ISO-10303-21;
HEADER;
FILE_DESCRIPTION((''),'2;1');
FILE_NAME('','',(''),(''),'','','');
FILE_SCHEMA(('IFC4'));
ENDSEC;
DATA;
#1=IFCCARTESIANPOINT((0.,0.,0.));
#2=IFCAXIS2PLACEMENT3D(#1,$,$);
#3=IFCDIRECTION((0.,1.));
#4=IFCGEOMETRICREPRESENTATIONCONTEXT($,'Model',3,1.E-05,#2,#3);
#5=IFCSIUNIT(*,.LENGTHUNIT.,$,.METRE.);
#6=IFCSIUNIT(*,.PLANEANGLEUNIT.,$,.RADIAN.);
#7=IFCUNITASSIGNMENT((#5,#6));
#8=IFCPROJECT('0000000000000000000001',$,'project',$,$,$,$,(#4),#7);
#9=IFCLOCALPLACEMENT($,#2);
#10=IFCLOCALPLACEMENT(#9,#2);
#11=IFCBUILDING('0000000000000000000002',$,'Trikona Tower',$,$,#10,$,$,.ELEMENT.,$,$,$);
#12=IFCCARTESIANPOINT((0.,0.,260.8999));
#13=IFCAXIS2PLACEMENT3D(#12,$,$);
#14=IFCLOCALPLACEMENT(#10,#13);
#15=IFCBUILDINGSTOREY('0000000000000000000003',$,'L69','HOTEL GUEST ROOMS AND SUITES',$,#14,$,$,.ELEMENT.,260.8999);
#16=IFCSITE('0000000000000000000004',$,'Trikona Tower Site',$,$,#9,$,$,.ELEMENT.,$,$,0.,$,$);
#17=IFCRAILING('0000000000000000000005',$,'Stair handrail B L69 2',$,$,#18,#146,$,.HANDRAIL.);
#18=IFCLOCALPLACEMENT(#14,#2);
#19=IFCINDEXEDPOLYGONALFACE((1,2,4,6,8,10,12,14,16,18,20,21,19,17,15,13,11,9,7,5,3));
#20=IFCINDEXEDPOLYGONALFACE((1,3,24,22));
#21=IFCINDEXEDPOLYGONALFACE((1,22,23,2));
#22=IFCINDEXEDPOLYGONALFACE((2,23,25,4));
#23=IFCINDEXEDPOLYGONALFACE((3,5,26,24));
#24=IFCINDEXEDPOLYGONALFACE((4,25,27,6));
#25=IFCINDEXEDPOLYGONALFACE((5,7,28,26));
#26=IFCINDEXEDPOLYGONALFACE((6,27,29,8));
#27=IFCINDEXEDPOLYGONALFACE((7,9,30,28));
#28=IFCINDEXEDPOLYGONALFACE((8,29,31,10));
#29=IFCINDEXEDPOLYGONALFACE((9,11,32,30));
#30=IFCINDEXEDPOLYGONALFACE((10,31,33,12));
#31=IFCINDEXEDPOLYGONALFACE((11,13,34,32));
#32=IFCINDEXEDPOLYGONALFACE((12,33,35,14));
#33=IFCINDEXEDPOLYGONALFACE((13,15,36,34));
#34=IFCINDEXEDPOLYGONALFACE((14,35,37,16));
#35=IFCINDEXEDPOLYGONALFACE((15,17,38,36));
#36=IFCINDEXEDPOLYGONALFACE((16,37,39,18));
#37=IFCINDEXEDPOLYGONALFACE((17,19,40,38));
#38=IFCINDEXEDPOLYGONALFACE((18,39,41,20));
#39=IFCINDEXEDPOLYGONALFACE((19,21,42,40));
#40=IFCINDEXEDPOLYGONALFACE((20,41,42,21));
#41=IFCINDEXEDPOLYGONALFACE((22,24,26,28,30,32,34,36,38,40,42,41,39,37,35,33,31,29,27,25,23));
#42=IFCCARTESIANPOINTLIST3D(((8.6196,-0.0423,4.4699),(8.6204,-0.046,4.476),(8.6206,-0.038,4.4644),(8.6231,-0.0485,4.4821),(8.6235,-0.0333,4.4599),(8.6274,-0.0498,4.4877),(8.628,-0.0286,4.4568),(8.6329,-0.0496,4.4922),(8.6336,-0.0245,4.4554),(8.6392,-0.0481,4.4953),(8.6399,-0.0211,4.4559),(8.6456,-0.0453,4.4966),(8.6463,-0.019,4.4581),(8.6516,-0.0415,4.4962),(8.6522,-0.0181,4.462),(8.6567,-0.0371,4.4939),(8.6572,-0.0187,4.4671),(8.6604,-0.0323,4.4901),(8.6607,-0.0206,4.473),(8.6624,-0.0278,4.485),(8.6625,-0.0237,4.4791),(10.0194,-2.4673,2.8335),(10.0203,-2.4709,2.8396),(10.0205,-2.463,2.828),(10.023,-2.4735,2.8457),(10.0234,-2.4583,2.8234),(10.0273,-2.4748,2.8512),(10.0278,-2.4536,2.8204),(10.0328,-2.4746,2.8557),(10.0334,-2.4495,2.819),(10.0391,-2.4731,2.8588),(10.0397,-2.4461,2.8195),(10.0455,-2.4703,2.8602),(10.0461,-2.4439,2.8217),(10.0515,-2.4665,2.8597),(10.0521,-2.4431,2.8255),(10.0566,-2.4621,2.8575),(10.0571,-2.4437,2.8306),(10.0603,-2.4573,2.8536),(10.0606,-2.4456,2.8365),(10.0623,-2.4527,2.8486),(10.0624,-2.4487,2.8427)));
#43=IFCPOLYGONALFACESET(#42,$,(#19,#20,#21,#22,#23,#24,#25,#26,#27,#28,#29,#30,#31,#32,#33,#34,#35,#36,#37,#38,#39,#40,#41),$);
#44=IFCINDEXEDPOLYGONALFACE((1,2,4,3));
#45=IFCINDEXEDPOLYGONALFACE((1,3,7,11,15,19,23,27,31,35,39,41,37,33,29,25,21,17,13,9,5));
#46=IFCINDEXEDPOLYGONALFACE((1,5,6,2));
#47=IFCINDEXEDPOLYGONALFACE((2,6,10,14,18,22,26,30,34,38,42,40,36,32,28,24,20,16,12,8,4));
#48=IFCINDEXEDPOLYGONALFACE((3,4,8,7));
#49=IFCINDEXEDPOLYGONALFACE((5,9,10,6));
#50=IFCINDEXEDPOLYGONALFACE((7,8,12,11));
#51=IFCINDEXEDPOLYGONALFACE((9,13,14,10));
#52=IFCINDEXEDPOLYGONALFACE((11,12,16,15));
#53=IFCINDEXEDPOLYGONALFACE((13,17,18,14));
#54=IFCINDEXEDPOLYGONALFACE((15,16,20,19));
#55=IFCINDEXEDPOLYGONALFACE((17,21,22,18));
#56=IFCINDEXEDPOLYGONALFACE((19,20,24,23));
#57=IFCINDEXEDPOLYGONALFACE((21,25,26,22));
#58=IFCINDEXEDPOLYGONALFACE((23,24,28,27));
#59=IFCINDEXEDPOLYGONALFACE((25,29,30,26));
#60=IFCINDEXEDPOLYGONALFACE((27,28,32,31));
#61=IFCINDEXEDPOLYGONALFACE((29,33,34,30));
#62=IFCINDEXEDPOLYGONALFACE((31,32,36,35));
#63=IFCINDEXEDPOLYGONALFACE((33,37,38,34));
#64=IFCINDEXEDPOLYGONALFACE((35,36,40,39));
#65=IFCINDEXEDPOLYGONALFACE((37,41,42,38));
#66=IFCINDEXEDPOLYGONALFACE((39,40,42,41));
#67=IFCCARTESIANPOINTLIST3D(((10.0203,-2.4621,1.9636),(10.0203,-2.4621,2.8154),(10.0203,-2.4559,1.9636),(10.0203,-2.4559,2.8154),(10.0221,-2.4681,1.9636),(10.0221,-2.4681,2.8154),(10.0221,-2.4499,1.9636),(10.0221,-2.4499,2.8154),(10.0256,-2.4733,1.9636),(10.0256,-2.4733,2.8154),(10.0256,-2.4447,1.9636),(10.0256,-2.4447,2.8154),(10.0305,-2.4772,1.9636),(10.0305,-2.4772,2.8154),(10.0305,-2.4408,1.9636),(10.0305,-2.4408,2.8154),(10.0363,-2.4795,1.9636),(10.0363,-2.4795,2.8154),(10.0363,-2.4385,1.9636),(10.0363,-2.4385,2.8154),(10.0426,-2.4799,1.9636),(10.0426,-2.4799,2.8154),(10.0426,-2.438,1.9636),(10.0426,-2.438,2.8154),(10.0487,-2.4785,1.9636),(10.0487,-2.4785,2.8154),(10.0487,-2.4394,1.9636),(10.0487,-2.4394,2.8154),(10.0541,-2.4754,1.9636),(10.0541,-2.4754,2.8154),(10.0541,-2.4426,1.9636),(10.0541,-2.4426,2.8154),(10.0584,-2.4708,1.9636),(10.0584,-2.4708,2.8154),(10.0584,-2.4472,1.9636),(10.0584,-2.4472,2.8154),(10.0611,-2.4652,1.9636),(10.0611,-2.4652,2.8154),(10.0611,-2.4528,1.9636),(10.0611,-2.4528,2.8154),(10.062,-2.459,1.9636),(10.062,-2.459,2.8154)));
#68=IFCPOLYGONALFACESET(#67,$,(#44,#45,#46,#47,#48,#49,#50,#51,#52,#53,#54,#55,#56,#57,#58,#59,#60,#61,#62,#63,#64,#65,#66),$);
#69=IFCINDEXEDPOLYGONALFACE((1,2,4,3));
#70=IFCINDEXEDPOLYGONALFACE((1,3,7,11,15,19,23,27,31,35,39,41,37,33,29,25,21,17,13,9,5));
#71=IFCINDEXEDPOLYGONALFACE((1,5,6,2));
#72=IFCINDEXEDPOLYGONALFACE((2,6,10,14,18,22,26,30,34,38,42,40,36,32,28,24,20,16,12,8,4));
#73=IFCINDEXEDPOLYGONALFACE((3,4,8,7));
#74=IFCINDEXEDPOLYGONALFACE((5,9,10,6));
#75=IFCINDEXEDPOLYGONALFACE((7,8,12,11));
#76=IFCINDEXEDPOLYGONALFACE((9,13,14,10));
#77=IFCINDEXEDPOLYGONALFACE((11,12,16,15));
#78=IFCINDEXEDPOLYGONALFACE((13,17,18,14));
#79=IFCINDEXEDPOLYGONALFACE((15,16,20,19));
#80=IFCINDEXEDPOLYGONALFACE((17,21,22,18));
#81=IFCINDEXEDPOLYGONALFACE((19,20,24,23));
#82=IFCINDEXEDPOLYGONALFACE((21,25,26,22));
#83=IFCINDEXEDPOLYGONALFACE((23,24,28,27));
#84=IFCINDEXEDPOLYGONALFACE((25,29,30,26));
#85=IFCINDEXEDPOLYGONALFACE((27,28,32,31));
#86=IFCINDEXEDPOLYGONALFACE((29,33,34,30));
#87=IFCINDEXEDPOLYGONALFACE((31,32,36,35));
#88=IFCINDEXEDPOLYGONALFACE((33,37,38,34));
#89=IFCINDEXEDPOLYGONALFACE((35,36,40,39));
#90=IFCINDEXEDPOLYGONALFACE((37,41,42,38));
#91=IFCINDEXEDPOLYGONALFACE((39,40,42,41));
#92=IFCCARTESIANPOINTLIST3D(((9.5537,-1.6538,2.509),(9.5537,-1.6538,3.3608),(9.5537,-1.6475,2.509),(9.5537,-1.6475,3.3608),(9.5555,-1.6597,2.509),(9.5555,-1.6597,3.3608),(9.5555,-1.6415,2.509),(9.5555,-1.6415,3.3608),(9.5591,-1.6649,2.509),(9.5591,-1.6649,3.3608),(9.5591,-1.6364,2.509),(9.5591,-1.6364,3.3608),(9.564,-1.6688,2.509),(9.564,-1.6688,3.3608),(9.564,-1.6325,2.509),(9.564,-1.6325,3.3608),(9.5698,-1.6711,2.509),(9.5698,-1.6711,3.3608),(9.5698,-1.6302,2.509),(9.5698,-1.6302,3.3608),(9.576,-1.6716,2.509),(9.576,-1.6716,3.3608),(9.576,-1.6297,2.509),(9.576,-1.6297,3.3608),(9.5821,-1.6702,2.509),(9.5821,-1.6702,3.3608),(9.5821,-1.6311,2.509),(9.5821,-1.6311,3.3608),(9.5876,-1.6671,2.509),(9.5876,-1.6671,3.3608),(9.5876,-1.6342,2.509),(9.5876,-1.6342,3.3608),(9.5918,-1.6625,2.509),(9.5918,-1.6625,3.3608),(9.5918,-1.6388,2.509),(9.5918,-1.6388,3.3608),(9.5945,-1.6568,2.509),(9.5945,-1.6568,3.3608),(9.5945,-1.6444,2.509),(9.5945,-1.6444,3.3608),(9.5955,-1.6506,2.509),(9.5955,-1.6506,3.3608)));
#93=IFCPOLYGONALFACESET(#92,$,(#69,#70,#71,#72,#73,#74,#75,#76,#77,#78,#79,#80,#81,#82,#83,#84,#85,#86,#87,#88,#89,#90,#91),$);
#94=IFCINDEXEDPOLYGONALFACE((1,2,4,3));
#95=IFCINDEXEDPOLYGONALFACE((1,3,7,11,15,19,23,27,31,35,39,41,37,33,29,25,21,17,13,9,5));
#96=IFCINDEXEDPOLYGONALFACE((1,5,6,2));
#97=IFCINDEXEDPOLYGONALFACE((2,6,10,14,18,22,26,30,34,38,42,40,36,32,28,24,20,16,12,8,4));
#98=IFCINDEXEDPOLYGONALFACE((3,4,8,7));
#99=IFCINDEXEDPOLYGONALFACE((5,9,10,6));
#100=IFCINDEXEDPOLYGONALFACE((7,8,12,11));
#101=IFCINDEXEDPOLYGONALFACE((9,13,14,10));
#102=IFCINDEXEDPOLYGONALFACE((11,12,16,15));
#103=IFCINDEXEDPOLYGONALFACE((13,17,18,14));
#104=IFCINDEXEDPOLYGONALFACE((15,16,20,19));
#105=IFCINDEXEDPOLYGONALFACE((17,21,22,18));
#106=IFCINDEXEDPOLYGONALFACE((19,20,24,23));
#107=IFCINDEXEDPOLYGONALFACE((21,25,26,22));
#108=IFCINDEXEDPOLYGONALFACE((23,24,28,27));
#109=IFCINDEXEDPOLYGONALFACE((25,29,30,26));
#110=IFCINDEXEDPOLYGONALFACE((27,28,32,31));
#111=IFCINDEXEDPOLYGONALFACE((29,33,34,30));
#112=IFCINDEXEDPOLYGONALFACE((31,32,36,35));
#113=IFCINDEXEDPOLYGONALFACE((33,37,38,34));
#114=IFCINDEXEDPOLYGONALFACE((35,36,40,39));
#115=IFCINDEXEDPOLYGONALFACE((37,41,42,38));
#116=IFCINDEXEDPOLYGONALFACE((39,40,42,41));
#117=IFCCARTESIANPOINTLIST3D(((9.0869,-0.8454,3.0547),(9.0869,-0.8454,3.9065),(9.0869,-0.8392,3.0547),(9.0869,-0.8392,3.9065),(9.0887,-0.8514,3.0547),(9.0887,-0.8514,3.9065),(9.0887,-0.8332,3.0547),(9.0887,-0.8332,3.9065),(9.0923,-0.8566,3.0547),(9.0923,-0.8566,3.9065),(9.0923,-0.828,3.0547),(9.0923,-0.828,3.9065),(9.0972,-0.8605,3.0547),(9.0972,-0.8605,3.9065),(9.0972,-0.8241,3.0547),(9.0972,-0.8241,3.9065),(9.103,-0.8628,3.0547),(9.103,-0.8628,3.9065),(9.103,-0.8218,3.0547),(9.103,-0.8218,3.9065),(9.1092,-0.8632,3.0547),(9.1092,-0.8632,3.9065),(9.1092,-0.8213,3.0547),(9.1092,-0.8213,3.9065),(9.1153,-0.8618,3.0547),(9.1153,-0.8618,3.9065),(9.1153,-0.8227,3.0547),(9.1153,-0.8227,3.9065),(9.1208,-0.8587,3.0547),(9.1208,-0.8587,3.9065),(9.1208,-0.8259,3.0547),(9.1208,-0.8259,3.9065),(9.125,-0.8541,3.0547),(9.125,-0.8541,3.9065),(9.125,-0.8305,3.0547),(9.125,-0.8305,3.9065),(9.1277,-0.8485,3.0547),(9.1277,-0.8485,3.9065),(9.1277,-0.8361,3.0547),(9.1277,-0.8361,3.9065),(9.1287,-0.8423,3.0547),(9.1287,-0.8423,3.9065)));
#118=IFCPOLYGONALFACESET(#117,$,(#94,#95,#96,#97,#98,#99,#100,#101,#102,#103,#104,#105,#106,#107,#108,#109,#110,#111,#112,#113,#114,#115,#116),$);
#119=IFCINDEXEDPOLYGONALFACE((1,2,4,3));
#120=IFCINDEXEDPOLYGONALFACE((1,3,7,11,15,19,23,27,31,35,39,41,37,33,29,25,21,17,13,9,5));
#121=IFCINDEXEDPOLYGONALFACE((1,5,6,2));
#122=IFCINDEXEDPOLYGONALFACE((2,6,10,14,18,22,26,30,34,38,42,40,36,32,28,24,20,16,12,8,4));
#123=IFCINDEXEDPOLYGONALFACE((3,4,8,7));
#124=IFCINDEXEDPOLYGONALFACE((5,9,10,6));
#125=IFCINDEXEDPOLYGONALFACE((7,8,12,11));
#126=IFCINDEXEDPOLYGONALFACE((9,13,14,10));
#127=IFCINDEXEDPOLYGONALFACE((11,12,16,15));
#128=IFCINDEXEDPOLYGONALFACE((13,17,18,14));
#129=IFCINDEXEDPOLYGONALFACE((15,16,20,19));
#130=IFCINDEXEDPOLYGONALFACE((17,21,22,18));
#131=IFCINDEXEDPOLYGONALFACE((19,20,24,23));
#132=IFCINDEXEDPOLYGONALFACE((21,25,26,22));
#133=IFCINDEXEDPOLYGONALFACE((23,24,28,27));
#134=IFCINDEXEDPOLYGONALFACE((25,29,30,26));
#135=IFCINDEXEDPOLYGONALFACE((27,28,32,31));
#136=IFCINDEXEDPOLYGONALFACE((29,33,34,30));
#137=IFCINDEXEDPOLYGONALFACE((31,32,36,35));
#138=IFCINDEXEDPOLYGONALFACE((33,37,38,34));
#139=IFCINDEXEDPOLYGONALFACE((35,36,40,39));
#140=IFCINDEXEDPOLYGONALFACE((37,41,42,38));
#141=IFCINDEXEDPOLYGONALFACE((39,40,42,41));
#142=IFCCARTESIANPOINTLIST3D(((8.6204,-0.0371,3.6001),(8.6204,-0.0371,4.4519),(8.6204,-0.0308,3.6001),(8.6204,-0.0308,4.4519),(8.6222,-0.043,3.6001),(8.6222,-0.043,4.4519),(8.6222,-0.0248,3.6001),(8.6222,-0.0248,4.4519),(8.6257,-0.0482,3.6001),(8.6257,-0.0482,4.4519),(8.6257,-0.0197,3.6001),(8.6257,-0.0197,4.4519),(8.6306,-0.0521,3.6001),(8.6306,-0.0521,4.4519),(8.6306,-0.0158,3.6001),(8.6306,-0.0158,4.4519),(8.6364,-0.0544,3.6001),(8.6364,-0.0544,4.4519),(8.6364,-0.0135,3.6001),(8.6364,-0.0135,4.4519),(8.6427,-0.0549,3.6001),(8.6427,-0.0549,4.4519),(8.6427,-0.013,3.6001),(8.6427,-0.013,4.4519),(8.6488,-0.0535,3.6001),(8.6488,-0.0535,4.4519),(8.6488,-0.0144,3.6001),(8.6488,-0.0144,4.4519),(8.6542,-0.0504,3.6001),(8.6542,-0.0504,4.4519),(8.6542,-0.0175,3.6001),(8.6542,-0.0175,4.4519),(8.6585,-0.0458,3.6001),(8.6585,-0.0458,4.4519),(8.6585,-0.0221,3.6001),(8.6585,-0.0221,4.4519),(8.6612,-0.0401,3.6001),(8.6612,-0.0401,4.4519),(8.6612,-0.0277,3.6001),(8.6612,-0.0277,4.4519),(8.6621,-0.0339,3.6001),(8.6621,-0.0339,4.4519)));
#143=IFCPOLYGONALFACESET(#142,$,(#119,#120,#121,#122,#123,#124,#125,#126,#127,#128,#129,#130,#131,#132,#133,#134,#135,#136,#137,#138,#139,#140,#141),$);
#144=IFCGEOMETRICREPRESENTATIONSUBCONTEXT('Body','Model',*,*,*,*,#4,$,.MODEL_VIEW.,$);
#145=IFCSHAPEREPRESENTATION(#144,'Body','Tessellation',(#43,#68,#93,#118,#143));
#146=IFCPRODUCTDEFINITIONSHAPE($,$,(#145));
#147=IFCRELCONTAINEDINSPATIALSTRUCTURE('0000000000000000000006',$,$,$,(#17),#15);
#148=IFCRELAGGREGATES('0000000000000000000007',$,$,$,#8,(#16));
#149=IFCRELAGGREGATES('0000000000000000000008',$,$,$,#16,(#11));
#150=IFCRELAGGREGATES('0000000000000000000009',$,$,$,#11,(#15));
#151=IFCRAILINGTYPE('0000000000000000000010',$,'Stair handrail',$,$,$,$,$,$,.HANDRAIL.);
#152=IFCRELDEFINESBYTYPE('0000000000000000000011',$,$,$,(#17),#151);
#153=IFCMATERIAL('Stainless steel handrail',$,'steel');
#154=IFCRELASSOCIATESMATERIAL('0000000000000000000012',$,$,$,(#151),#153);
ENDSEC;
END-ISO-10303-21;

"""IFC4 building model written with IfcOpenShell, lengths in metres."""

from ifc_helpers import new_model, si_unit, direction, frame, origin, origin_2d, place, context, subcontext, project, spatial, circle, extrude, material, type_object, element, save


model = new_model("IFC4")

# Units and contexts
model_context = context("Model", 3, precision=1e-05, world=origin(), true_north=direction((0.0, 1.0)))
body_context = subcontext(model_context, "Body", "Model", "MODEL_VIEW")
ifc_project = project(units=[si_unit("LENGTHUNIT", "METRE"), si_unit("PLANEANGLEUNIT", "RADIAN")], contexts=[model_context])

# Site, building, storey
site_placement = place(None, origin())
site = spatial("IfcSite", under=ifc_project, at=site_placement, Name="Trikona Tower Site", CompositionType="ELEMENT", RefElevation=0.0)
building_placement = place(site_placement, origin())
building = spatial("IfcBuilding", under=site, at=building_placement, Name="Trikona Tower", CompositionType="ELEMENT")
storey_placement = place(building_placement, frame((0.0, 0.0, 260.8999)))
storey = spatial("IfcBuildingStorey", under=building, at=storey_placement, Name="L69", Description="HOTEL GUEST ROOMS AND SUITES", CompositionType="ELEMENT", Elevation=260.8999)

# Railing
ifc_material_1 = material(Name="Stainless steel handrail", Category="steel")
railing_type = type_object("IfcRailingType", Name="Stair handrail", PredefinedType="HANDRAIL", material=ifc_material_1)
railing_placement = place(storey_placement, frame((10.041, -2.459, 1.9636)))
element("IfcRailing", 1, at=railing_placement, inside=storey, type_object=railing_type, Name="Stair handrail B L69 2", PredefinedType="HANDRAIL", context=body_context, shape_type="SweptSolid", body=[
    extrude(circle(Radius=0.0239, at=origin_2d()), frame((0.0, 0.0, 0.876), z_axis=(-0.431636, 0.747723, 0.504579), x_axis=(-0.866056, -0.499946, 0.0)), (0.0, 0.0, 1.0), 3.2432),
    extrude(circle(Radius=0.021, at=origin_2d()), origin(), (0.0, 0.0, 1.0), 0.8518),
    extrude(circle(Radius=0.021, at=origin_2d()), frame((-0.4666, 0.8083, 0.5454)), (0.0, 0.0, 1.0), 0.8518),
    extrude(circle(Radius=0.021, at=origin_2d()), frame((-0.9333, 1.6167, 1.0911)), (0.0, 0.0, 1.0), 0.8518),
    extrude(circle(Radius=0.021, at=origin_2d()), frame((-1.3999, 2.425, 1.6365)), (0.0, 0.0, 1.0), 0.8518),
])

save(model, "model.ifc")
